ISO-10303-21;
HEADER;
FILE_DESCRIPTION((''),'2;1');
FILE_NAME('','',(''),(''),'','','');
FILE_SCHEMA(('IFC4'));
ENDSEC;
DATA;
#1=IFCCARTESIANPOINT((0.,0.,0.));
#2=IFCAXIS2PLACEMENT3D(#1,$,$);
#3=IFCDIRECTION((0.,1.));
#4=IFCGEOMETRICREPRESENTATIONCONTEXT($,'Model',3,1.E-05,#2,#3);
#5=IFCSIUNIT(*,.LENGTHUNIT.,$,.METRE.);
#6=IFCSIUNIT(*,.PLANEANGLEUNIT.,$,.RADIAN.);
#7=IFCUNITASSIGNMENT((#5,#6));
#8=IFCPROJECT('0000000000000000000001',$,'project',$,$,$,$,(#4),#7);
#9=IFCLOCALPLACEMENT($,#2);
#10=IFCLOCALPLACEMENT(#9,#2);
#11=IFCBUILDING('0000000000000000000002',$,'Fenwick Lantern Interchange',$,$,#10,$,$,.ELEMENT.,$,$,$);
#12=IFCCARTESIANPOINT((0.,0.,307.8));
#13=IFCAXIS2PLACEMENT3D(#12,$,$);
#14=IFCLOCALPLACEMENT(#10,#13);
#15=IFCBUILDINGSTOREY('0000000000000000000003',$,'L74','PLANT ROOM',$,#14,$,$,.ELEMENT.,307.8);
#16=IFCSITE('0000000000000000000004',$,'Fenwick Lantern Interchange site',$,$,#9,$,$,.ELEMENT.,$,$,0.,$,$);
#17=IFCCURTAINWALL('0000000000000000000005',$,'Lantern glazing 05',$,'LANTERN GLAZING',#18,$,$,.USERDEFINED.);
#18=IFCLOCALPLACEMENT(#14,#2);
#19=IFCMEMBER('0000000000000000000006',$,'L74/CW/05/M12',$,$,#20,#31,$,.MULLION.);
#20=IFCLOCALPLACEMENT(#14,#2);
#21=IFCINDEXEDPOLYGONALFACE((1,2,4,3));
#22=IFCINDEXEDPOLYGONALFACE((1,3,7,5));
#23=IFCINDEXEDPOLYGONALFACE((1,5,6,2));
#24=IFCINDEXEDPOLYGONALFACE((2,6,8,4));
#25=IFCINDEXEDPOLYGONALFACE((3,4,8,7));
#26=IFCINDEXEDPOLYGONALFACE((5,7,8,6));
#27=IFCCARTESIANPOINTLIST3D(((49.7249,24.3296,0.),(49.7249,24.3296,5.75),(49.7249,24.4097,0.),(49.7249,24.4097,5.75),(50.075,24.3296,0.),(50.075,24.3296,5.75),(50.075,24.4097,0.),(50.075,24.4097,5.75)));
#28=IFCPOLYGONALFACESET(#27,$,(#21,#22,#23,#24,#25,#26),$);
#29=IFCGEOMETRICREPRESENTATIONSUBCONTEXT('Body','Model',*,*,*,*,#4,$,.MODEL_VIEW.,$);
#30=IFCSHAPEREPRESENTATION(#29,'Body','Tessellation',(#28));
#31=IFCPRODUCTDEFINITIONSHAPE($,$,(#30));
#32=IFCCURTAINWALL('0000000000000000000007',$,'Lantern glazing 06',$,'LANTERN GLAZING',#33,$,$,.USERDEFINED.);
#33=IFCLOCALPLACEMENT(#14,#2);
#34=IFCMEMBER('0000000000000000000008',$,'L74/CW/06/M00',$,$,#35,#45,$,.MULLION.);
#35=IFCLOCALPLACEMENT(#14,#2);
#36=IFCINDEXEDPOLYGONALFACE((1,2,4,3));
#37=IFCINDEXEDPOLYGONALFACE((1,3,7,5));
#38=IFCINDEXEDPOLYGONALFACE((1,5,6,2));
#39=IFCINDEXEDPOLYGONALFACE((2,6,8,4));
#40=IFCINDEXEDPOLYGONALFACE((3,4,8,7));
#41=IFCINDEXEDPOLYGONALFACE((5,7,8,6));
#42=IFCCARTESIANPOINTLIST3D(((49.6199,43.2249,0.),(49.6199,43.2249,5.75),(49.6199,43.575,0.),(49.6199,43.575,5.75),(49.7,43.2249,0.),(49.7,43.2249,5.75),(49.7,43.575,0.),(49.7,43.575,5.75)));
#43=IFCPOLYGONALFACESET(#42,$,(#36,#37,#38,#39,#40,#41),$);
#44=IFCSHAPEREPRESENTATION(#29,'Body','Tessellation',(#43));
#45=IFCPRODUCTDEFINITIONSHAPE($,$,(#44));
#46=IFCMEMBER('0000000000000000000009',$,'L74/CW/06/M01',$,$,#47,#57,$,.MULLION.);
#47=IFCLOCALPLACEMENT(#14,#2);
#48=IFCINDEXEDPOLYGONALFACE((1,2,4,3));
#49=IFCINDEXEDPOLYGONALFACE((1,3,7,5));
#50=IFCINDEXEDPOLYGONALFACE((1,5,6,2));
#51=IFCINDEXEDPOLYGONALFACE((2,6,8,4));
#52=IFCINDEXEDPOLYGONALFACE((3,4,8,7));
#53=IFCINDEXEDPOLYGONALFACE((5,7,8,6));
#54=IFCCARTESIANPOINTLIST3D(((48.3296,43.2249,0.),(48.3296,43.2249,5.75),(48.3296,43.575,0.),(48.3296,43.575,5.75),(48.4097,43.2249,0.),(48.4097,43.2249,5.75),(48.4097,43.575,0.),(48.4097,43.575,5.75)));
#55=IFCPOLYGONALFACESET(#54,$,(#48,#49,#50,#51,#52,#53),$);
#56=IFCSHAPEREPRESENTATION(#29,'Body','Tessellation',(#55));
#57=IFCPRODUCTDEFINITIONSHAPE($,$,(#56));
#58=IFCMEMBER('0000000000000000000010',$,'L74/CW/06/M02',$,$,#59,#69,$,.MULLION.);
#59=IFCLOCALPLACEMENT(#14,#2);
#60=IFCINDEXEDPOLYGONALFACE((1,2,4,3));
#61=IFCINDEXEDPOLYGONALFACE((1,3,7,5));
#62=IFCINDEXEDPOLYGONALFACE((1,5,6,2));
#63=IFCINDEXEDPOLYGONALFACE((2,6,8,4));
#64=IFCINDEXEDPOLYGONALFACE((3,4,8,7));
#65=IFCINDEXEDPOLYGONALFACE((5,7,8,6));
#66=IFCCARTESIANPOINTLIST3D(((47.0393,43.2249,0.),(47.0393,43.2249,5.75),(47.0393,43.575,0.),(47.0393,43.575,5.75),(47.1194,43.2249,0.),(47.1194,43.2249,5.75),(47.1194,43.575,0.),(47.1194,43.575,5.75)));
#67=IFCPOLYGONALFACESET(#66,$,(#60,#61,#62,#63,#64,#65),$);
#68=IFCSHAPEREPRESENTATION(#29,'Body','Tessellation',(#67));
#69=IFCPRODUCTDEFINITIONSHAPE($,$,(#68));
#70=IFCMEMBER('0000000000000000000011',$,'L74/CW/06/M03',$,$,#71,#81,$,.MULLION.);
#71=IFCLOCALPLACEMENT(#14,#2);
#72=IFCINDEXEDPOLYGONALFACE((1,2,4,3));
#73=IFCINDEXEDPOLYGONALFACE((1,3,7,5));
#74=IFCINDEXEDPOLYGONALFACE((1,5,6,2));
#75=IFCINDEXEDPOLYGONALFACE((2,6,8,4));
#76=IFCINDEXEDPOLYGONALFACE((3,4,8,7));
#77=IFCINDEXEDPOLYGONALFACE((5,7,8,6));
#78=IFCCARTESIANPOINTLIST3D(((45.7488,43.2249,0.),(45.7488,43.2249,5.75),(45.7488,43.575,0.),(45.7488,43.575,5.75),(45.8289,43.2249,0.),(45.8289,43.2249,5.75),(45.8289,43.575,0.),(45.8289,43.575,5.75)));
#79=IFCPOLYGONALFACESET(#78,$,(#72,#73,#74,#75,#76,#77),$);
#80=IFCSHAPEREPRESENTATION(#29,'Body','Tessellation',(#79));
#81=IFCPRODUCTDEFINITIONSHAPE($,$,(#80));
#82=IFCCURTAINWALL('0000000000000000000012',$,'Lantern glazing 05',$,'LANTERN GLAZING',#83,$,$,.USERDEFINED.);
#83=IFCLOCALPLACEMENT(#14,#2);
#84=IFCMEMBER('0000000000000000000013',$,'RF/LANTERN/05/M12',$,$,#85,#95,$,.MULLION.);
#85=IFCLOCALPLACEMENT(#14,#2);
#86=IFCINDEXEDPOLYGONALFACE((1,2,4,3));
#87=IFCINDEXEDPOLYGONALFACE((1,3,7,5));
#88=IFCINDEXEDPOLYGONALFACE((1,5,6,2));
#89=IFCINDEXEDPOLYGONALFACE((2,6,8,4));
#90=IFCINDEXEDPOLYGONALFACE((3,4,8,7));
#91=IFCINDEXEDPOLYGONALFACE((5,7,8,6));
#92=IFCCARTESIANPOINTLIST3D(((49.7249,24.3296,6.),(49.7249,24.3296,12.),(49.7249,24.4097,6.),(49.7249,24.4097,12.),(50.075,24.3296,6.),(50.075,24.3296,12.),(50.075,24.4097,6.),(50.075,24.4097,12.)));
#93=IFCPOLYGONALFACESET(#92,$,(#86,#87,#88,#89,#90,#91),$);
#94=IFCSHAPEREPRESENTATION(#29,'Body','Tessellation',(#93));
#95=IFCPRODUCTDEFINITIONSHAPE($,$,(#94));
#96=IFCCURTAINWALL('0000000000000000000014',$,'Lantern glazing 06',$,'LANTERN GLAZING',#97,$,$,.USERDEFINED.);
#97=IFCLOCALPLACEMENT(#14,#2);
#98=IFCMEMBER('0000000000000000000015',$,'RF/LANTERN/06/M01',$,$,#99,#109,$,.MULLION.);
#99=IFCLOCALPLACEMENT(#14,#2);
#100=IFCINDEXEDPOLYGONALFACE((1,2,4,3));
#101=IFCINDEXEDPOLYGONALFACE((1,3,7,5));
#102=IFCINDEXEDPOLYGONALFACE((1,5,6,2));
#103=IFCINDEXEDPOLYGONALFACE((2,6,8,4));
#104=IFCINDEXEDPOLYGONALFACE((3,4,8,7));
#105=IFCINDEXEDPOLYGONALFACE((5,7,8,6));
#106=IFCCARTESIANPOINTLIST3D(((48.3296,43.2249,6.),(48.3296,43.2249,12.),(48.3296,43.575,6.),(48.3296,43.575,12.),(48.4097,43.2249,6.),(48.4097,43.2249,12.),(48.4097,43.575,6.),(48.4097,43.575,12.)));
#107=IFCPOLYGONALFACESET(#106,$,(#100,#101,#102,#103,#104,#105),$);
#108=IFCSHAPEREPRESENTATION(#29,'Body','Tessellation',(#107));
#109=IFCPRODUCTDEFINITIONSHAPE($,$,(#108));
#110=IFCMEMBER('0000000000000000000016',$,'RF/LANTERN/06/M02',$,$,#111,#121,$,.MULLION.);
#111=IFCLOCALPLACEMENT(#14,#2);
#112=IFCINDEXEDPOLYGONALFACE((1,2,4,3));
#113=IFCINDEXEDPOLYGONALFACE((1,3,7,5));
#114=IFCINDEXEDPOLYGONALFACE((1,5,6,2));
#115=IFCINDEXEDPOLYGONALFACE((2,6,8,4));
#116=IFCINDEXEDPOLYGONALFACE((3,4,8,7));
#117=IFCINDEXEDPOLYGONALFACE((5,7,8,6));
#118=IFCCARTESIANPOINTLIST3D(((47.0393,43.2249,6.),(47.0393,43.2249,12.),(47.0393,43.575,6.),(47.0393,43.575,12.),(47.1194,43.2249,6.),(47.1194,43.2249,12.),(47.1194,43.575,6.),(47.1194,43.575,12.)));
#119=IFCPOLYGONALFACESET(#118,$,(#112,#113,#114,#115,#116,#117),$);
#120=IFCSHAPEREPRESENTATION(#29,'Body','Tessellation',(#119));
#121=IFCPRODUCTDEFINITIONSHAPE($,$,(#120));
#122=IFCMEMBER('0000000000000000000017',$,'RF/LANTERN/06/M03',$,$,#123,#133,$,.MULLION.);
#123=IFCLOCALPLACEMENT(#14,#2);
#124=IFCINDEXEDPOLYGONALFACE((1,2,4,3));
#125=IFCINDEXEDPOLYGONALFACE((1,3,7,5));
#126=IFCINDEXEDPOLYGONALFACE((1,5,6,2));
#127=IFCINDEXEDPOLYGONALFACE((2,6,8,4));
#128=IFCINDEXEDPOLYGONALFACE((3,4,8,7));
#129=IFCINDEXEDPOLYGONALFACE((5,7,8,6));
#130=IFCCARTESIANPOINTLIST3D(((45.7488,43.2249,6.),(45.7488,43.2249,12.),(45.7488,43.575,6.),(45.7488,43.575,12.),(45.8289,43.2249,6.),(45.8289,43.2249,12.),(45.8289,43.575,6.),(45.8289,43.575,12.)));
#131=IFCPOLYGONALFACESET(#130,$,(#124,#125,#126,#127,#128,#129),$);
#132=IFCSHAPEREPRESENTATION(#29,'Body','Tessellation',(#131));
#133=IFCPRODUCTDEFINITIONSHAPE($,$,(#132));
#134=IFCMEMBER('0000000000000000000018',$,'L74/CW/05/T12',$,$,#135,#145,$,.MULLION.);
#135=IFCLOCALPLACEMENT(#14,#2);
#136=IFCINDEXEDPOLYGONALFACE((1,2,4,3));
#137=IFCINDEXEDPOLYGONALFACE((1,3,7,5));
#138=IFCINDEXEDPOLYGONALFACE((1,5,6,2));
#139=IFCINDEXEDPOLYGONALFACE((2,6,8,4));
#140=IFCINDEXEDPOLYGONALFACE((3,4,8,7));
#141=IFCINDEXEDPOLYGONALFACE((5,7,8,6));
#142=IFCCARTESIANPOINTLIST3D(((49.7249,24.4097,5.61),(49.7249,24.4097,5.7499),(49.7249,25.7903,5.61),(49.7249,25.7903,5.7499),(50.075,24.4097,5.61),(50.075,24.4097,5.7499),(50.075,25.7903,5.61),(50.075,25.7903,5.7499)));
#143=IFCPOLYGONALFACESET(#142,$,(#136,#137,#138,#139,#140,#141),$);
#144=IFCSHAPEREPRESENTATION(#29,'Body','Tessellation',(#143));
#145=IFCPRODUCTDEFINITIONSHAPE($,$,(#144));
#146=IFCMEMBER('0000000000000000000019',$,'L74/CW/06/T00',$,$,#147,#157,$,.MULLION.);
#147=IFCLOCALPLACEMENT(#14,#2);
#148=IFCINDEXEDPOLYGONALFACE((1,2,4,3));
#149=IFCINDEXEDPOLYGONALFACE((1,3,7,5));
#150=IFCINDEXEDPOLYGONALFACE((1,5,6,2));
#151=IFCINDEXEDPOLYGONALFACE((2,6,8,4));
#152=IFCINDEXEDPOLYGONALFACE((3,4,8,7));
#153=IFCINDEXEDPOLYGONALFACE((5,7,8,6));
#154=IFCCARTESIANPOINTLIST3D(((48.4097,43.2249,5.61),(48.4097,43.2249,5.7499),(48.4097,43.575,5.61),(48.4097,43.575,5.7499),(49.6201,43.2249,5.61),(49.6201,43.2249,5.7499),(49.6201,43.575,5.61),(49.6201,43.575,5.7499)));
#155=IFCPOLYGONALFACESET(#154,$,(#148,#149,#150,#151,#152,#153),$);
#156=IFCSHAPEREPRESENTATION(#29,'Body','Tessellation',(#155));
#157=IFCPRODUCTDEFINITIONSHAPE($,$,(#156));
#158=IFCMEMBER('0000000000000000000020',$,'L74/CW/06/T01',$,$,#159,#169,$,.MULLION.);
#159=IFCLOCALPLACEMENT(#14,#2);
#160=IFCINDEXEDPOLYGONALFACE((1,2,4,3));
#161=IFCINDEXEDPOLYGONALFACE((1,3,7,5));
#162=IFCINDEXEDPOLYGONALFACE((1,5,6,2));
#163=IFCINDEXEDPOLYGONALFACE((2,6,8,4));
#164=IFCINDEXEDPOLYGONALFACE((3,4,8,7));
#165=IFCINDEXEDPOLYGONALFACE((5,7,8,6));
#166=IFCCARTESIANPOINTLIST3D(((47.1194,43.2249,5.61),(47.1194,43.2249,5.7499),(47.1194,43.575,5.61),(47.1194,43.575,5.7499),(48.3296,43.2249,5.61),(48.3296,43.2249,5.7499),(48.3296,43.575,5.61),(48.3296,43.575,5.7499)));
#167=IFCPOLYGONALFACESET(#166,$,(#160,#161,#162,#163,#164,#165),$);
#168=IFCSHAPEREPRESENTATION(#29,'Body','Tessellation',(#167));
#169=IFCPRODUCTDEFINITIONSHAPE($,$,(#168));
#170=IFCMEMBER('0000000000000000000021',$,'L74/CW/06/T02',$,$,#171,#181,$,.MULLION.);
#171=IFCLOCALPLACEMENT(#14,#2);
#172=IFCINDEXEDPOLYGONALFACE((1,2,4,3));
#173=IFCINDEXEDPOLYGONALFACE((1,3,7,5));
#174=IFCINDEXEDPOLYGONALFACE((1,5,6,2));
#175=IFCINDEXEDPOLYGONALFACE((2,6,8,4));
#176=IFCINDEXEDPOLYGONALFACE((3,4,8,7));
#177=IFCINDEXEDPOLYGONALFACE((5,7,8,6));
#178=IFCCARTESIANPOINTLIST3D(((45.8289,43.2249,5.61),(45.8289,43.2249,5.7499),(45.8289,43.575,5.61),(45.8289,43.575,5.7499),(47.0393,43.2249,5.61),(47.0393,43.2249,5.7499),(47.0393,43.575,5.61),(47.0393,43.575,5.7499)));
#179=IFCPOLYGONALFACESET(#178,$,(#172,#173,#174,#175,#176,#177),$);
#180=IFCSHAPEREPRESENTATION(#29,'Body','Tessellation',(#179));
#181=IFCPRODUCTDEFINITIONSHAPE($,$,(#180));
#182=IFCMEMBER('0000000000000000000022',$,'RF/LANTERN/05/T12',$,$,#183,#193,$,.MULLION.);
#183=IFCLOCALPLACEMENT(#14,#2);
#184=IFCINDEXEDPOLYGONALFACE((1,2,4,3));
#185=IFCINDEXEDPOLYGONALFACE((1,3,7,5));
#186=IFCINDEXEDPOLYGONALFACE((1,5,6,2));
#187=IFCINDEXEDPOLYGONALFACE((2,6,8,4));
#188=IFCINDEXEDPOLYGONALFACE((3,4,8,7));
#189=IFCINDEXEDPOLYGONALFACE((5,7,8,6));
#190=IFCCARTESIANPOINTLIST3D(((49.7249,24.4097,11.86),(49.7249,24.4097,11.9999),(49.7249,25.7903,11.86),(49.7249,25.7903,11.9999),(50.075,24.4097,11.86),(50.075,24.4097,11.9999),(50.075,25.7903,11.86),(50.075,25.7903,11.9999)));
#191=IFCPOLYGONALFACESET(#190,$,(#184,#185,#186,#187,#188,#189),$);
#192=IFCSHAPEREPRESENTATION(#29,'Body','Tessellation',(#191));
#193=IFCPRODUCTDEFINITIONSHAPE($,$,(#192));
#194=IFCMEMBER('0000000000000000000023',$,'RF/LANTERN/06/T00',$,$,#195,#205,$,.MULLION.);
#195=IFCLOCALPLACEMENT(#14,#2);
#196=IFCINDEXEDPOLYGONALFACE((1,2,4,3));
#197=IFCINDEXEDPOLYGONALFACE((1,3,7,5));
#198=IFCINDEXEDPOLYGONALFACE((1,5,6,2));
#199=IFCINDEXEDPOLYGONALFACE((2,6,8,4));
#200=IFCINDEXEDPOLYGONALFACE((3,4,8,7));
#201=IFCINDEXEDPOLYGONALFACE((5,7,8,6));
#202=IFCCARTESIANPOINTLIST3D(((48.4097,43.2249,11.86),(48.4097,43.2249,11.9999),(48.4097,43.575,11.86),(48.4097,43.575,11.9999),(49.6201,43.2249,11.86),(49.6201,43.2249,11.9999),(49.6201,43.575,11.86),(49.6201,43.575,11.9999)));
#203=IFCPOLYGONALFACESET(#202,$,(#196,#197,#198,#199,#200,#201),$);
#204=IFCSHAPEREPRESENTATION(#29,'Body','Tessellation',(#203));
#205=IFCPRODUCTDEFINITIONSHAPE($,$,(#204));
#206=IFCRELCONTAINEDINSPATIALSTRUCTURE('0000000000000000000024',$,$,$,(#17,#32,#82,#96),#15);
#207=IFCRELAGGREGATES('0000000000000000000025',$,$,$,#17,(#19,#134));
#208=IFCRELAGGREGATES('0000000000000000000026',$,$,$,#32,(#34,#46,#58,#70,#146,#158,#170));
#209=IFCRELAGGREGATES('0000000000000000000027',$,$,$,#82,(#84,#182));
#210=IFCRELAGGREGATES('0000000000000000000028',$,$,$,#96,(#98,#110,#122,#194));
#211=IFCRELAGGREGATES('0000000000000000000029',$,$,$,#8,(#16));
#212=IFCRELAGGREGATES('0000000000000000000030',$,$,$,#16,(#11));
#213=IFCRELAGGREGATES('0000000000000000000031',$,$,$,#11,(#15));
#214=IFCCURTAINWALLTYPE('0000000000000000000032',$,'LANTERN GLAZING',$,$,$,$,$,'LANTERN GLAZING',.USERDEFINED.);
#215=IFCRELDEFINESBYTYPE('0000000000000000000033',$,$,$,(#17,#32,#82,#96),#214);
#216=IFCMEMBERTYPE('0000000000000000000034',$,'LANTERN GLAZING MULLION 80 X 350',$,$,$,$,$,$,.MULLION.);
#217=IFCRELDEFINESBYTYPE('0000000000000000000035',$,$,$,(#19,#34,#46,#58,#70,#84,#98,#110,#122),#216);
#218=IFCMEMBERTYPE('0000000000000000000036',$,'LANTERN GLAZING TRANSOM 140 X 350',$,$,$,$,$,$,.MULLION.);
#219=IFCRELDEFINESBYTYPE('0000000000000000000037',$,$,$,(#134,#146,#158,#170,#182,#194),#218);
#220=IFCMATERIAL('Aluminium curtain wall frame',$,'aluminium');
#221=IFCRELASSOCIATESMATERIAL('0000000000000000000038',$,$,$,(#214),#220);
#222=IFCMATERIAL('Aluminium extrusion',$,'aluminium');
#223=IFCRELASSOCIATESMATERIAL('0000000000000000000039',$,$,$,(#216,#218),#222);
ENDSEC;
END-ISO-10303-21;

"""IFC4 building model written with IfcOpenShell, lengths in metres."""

from ifc_helpers import new_model, si_unit, direction, frame, origin, origin_2d, place, context, subcontext, project, spatial, rectangle, extrude, material, material_profile, profile_set, type_object, element, aggregate, save


model = new_model("IFC4")

# Units and contexts
model_context = context("Model", 3, precision=1e-05, world=origin(), true_north=direction((0.0, 1.0)))
body_context = subcontext(model_context, "Body", "Model", "MODEL_VIEW")
ifc_project = project(units=[si_unit("LENGTHUNIT", "METRE"), si_unit("PLANEANGLEUNIT", "RADIAN")], contexts=[model_context])

# Site, building, storey
site_placement = place(None, origin())
site = spatial("IfcSite", under=ifc_project, at=site_placement, Name="Fenwick Lantern Interchange site", CompositionType="ELEMENT", RefElevation=0.0)
building_placement = place(site_placement, origin())
building = spatial("IfcBuilding", under=site, at=building_placement, Name="Fenwick Lantern Interchange", CompositionType="ELEMENT")
storey_placement = place(building_placement, frame((0.0, 0.0, 307.8)))
storey = spatial("IfcBuildingStorey", under=building, at=storey_placement, Name="L74", Description="PLANT ROOM", CompositionType="ELEMENT", Elevation=307.8)

# Curtain wall, member
ifc_material_1 = material(Name="Aluminium curtain wall frame", Category="aluminium")
curtain_wall_type = type_object("IfcCurtainWallType", Name="LANTERN GLAZING", ElementType="LANTERN GLAZING", PredefinedType="USERDEFINED", material=ifc_material_1)
curtain_wall_1_placement = place(storey_placement, origin())
curtain_wall_1 = element("IfcCurtainWall", 1, at=curtain_wall_1_placement, inside=storey, type_object=curtain_wall_type, Name="Lantern glazing 05", ObjectType="LANTERN GLAZING", PredefinedType="USERDEFINED")
ifc_material_2 = material(Name="Aluminium extrusion", Category="aluminium")
ifc_material_profile_1 = material_profile(ifc_material_2, rectangle(XDim=0.3501, YDim=0.0801, at=origin_2d()), Name="LANTERN GLAZING MULLION 80 X 350")
ifc_profile_set_1 = profile_set([ifc_material_profile_1], Name="Aluminium extrusion")
member_type_1 = type_object("IfcMemberType", Name="LANTERN GLAZING MULLION 80 X 350", PredefinedType="MULLION", material=ifc_profile_set_1)
member_1_placement = place(storey_placement, frame((49.8999, 24.3696, 0.0), z_axis=(0.0, 0.0, 1.0), x_axis=(-1.0, 0.0, 0.0)))
member_1 = element("IfcMember", 2, at=member_1_placement, type_object=member_type_1, Name="L74/CW/05/M12", PredefinedType="MULLION", context=body_context, shape_type="SweptSolid", body=[
    extrude(rectangle(XDim=0.3501, YDim=0.0801, at=origin_2d()), origin(), (0.0, 0.0, 1.0), 5.75),
])

# Curtain wall, members
curtain_wall_2_placement = place(storey_placement, origin())
curtain_wall_2 = element("IfcCurtainWall", 3, at=curtain_wall_2_placement, inside=storey, type_object=curtain_wall_type, Name="Lantern glazing 06", ObjectType="LANTERN GLAZING", PredefinedType="USERDEFINED")
member_2_placement = place(storey_placement, frame((49.6599, 43.3999, 0.0), z_axis=(0.0, 0.0, 1.0), x_axis=(0.0, -1.0, 0.0)))
member_2 = element("IfcMember", 4, at=member_2_placement, type_object=member_type_1, Name="L74/CW/06/M00", PredefinedType="MULLION", context=body_context, shape_type="SweptSolid", body=[
    extrude(rectangle(XDim=0.3501, YDim=0.0801, at=origin_2d()), origin(), (0.0, 0.0, 1.0), 5.75),
])
member_3_placement = place(storey_placement, frame((48.3696, 43.3999, 0.0), z_axis=(0.0, 0.0, 1.0), x_axis=(0.0, -1.0, 0.0)))
member_3 = element("IfcMember", 5, at=member_3_placement, type_object=member_type_1, Name="L74/CW/06/M01", PredefinedType="MULLION", context=body_context, shape_type="SweptSolid", body=[
    extrude(rectangle(XDim=0.3501, YDim=0.0801, at=origin_2d()), origin(), (0.0, 0.0, 1.0), 5.75),
])
member_4_placement = place(storey_placement, frame((47.0793, 43.3999, 0.0), z_axis=(0.0, 0.0, 1.0), x_axis=(0.0, -1.0, 0.0)))
member_4 = element("IfcMember", 6, at=member_4_placement, type_object=member_type_1, Name="L74/CW/06/M02", PredefinedType="MULLION", context=body_context, shape_type="SweptSolid", body=[
    extrude(rectangle(XDim=0.3501, YDim=0.0801, at=origin_2d()), origin(), (0.0, 0.0, 1.0), 5.75),
])
member_5_placement = place(storey_placement, frame((45.7888, 43.3999, 0.0), z_axis=(0.0, 0.0, 1.0), x_axis=(0.0, -1.0, 0.0)))
member_5 = element("IfcMember", 7, at=member_5_placement, type_object=member_type_1, Name="L74/CW/06/M03", PredefinedType="MULLION", context=body_context, shape_type="SweptSolid", body=[
    extrude(rectangle(XDim=0.3501, YDim=0.0801, at=origin_2d()), origin(), (0.0, 0.0, 1.0), 5.75),
])

# Curtain wall, member
curtain_wall_3_placement = place(storey_placement, origin())
curtain_wall_3 = element("IfcCurtainWall", 8, at=curtain_wall_3_placement, inside=storey, type_object=curtain_wall_type, Name="Lantern glazing 05", ObjectType="LANTERN GLAZING", PredefinedType="USERDEFINED")
member_6_placement = place(storey_placement, frame((49.8999, 24.3696, 6.0), z_axis=(0.0, 0.0, 1.0), x_axis=(-1.0, 0.0, 0.0)))
member_6 = element("IfcMember", 9, at=member_6_placement, type_object=member_type_1, Name="RF/LANTERN/05/M12", PredefinedType="MULLION", context=body_context, shape_type="SweptSolid", body=[
    extrude(rectangle(XDim=0.3501, YDim=0.0801, at=origin_2d()), origin(), (0.0, 0.0, 1.0), 6.0),
])

# Curtain wall, members
curtain_wall_4_placement = place(storey_placement, origin())
curtain_wall_4 = element("IfcCurtainWall", 10, at=curtain_wall_4_placement, inside=storey, type_object=curtain_wall_type, Name="Lantern glazing 06", ObjectType="LANTERN GLAZING", PredefinedType="USERDEFINED")
member_7_placement = place(storey_placement, frame((48.3696, 43.3999, 6.0), z_axis=(0.0, 0.0, 1.0), x_axis=(0.0, -1.0, 0.0)))
member_7 = element("IfcMember", 11, at=member_7_placement, type_object=member_type_1, Name="RF/LANTERN/06/M01", PredefinedType="MULLION", context=body_context, shape_type="SweptSolid", body=[
    extrude(rectangle(XDim=0.3501, YDim=0.0801, at=origin_2d()), origin(), (0.0, 0.0, 1.0), 6.0),
])
member_8_placement = place(storey_placement, frame((47.0793, 43.3999, 6.0), z_axis=(0.0, 0.0, 1.0), x_axis=(0.0, -1.0, 0.0)))
member_8 = element("IfcMember", 12, at=member_8_placement, type_object=member_type_1, Name="RF/LANTERN/06/M02", PredefinedType="MULLION", context=body_context, shape_type="SweptSolid", body=[
    extrude(rectangle(XDim=0.3501, YDim=0.0801, at=origin_2d()), origin(), (0.0, 0.0, 1.0), 6.0),
])
member_9_placement = place(storey_placement, frame((45.7888, 43.3999, 6.0), z_axis=(0.0, 0.0, 1.0), x_axis=(0.0, -1.0, 0.0)))
member_9 = element("IfcMember", 13, at=member_9_placement, type_object=member_type_1, Name="RF/LANTERN/06/M03", PredefinedType="MULLION", context=body_context, shape_type="SweptSolid", body=[
    extrude(rectangle(XDim=0.3501, YDim=0.0801, at=origin_2d()), origin(), (0.0, 0.0, 1.0), 6.0),
])

# Members
ifc_material_profile_2 = material_profile(ifc_material_2, rectangle(XDim=0.3501, YDim=0.1399, at=origin_2d()), Name="LANTERN GLAZING TRANSOM 140 X 350")
ifc_profile_set_2 = profile_set([ifc_material_profile_2], Name="Aluminium extrusion")
member_type_2 = type_object("IfcMemberType", Name="LANTERN GLAZING TRANSOM 140 X 350", PredefinedType="MULLION", material=ifc_profile_set_2)
member_10_placement = place(storey_placement, frame((49.8999, 24.4097, 5.6799), z_axis=(0.0, 1.0, 0.0), x_axis=(-1.0, 0.0, 0.0)))
member_10 = element("IfcMember", 14, at=member_10_placement, type_object=member_type_2, Name="L74/CW/05/T12", PredefinedType="MULLION", context=body_context, shape_type="SweptSolid", body=[
    extrude(rectangle(XDim=0.3501, YDim=0.1399, at=origin_2d()), origin(), (0.0, 0.0, 1.0), 1.3806),
])
member_11_placement = place(storey_placement, frame((49.6201, 43.3999, 5.6799), z_axis=(-1.0, 0.0, 0.0), x_axis=(0.0, -1.0, 0.0)))
member_11 = element("IfcMember", 15, at=member_11_placement, type_object=member_type_2, Name="L74/CW/06/T00", PredefinedType="MULLION", context=body_context, shape_type="SweptSolid", body=[
    extrude(rectangle(XDim=0.3501, YDim=0.1399, at=origin_2d()), origin(), (0.0, 0.0, 1.0), 1.2104),
])
member_12_placement = place(storey_placement, frame((48.3296, 43.3999, 5.6799), z_axis=(-1.0, 0.0, 0.0), x_axis=(0.0, -1.0, 0.0)))
member_12 = element("IfcMember", 16, at=member_12_placement, type_object=member_type_2, Name="L74/CW/06/T01", PredefinedType="MULLION", context=body_context, shape_type="SweptSolid", body=[
    extrude(rectangle(XDim=0.3501, YDim=0.1399, at=origin_2d()), origin(), (0.0, 0.0, 1.0), 1.2102),
])
member_13_placement = place(storey_placement, frame((47.0393, 43.3999, 5.6799), z_axis=(-1.0, 0.0, 0.0), x_axis=(0.0, -1.0, 0.0)))
member_13 = element("IfcMember", 17, at=member_13_placement, type_object=member_type_2, Name="L74/CW/06/T02", PredefinedType="MULLION", context=body_context, shape_type="SweptSolid", body=[
    extrude(rectangle(XDim=0.3501, YDim=0.1399, at=origin_2d()), origin(), (0.0, 0.0, 1.0), 1.2104),
])
member_14_placement = place(storey_placement, frame((49.8999, 24.4097, 11.9299), z_axis=(0.0, 1.0, 0.0), x_axis=(-1.0, 0.0, 0.0)))
member_14 = element("IfcMember", 18, at=member_14_placement, type_object=member_type_2, Name="RF/LANTERN/05/T12", PredefinedType="MULLION", context=body_context, shape_type="SweptSolid", body=[
    extrude(rectangle(XDim=0.3501, YDim=0.1399, at=origin_2d()), origin(), (0.0, 0.0, 1.0), 1.3806),
])
member_15_placement = place(storey_placement, frame((49.6201, 43.3999, 11.9299), z_axis=(-1.0, 0.0, 0.0), x_axis=(0.0, -1.0, 0.0)))
member_15 = element("IfcMember", 19, at=member_15_placement, type_object=member_type_2, Name="RF/LANTERN/06/T00", PredefinedType="MULLION", context=body_context, shape_type="SweptSolid", body=[
    extrude(rectangle(XDim=0.3501, YDim=0.1399, at=origin_2d()), origin(), (0.0, 0.0, 1.0), 1.2104),
])

aggregate(curtain_wall_1, [member_1, member_10])
aggregate(curtain_wall_2, [member_2, member_3, member_4, member_5, member_11, member_12, member_13])
aggregate(curtain_wall_3, [member_6, member_14])
aggregate(curtain_wall_4, [member_7, member_8, member_9, member_15])

save(model, "model.ifc")
